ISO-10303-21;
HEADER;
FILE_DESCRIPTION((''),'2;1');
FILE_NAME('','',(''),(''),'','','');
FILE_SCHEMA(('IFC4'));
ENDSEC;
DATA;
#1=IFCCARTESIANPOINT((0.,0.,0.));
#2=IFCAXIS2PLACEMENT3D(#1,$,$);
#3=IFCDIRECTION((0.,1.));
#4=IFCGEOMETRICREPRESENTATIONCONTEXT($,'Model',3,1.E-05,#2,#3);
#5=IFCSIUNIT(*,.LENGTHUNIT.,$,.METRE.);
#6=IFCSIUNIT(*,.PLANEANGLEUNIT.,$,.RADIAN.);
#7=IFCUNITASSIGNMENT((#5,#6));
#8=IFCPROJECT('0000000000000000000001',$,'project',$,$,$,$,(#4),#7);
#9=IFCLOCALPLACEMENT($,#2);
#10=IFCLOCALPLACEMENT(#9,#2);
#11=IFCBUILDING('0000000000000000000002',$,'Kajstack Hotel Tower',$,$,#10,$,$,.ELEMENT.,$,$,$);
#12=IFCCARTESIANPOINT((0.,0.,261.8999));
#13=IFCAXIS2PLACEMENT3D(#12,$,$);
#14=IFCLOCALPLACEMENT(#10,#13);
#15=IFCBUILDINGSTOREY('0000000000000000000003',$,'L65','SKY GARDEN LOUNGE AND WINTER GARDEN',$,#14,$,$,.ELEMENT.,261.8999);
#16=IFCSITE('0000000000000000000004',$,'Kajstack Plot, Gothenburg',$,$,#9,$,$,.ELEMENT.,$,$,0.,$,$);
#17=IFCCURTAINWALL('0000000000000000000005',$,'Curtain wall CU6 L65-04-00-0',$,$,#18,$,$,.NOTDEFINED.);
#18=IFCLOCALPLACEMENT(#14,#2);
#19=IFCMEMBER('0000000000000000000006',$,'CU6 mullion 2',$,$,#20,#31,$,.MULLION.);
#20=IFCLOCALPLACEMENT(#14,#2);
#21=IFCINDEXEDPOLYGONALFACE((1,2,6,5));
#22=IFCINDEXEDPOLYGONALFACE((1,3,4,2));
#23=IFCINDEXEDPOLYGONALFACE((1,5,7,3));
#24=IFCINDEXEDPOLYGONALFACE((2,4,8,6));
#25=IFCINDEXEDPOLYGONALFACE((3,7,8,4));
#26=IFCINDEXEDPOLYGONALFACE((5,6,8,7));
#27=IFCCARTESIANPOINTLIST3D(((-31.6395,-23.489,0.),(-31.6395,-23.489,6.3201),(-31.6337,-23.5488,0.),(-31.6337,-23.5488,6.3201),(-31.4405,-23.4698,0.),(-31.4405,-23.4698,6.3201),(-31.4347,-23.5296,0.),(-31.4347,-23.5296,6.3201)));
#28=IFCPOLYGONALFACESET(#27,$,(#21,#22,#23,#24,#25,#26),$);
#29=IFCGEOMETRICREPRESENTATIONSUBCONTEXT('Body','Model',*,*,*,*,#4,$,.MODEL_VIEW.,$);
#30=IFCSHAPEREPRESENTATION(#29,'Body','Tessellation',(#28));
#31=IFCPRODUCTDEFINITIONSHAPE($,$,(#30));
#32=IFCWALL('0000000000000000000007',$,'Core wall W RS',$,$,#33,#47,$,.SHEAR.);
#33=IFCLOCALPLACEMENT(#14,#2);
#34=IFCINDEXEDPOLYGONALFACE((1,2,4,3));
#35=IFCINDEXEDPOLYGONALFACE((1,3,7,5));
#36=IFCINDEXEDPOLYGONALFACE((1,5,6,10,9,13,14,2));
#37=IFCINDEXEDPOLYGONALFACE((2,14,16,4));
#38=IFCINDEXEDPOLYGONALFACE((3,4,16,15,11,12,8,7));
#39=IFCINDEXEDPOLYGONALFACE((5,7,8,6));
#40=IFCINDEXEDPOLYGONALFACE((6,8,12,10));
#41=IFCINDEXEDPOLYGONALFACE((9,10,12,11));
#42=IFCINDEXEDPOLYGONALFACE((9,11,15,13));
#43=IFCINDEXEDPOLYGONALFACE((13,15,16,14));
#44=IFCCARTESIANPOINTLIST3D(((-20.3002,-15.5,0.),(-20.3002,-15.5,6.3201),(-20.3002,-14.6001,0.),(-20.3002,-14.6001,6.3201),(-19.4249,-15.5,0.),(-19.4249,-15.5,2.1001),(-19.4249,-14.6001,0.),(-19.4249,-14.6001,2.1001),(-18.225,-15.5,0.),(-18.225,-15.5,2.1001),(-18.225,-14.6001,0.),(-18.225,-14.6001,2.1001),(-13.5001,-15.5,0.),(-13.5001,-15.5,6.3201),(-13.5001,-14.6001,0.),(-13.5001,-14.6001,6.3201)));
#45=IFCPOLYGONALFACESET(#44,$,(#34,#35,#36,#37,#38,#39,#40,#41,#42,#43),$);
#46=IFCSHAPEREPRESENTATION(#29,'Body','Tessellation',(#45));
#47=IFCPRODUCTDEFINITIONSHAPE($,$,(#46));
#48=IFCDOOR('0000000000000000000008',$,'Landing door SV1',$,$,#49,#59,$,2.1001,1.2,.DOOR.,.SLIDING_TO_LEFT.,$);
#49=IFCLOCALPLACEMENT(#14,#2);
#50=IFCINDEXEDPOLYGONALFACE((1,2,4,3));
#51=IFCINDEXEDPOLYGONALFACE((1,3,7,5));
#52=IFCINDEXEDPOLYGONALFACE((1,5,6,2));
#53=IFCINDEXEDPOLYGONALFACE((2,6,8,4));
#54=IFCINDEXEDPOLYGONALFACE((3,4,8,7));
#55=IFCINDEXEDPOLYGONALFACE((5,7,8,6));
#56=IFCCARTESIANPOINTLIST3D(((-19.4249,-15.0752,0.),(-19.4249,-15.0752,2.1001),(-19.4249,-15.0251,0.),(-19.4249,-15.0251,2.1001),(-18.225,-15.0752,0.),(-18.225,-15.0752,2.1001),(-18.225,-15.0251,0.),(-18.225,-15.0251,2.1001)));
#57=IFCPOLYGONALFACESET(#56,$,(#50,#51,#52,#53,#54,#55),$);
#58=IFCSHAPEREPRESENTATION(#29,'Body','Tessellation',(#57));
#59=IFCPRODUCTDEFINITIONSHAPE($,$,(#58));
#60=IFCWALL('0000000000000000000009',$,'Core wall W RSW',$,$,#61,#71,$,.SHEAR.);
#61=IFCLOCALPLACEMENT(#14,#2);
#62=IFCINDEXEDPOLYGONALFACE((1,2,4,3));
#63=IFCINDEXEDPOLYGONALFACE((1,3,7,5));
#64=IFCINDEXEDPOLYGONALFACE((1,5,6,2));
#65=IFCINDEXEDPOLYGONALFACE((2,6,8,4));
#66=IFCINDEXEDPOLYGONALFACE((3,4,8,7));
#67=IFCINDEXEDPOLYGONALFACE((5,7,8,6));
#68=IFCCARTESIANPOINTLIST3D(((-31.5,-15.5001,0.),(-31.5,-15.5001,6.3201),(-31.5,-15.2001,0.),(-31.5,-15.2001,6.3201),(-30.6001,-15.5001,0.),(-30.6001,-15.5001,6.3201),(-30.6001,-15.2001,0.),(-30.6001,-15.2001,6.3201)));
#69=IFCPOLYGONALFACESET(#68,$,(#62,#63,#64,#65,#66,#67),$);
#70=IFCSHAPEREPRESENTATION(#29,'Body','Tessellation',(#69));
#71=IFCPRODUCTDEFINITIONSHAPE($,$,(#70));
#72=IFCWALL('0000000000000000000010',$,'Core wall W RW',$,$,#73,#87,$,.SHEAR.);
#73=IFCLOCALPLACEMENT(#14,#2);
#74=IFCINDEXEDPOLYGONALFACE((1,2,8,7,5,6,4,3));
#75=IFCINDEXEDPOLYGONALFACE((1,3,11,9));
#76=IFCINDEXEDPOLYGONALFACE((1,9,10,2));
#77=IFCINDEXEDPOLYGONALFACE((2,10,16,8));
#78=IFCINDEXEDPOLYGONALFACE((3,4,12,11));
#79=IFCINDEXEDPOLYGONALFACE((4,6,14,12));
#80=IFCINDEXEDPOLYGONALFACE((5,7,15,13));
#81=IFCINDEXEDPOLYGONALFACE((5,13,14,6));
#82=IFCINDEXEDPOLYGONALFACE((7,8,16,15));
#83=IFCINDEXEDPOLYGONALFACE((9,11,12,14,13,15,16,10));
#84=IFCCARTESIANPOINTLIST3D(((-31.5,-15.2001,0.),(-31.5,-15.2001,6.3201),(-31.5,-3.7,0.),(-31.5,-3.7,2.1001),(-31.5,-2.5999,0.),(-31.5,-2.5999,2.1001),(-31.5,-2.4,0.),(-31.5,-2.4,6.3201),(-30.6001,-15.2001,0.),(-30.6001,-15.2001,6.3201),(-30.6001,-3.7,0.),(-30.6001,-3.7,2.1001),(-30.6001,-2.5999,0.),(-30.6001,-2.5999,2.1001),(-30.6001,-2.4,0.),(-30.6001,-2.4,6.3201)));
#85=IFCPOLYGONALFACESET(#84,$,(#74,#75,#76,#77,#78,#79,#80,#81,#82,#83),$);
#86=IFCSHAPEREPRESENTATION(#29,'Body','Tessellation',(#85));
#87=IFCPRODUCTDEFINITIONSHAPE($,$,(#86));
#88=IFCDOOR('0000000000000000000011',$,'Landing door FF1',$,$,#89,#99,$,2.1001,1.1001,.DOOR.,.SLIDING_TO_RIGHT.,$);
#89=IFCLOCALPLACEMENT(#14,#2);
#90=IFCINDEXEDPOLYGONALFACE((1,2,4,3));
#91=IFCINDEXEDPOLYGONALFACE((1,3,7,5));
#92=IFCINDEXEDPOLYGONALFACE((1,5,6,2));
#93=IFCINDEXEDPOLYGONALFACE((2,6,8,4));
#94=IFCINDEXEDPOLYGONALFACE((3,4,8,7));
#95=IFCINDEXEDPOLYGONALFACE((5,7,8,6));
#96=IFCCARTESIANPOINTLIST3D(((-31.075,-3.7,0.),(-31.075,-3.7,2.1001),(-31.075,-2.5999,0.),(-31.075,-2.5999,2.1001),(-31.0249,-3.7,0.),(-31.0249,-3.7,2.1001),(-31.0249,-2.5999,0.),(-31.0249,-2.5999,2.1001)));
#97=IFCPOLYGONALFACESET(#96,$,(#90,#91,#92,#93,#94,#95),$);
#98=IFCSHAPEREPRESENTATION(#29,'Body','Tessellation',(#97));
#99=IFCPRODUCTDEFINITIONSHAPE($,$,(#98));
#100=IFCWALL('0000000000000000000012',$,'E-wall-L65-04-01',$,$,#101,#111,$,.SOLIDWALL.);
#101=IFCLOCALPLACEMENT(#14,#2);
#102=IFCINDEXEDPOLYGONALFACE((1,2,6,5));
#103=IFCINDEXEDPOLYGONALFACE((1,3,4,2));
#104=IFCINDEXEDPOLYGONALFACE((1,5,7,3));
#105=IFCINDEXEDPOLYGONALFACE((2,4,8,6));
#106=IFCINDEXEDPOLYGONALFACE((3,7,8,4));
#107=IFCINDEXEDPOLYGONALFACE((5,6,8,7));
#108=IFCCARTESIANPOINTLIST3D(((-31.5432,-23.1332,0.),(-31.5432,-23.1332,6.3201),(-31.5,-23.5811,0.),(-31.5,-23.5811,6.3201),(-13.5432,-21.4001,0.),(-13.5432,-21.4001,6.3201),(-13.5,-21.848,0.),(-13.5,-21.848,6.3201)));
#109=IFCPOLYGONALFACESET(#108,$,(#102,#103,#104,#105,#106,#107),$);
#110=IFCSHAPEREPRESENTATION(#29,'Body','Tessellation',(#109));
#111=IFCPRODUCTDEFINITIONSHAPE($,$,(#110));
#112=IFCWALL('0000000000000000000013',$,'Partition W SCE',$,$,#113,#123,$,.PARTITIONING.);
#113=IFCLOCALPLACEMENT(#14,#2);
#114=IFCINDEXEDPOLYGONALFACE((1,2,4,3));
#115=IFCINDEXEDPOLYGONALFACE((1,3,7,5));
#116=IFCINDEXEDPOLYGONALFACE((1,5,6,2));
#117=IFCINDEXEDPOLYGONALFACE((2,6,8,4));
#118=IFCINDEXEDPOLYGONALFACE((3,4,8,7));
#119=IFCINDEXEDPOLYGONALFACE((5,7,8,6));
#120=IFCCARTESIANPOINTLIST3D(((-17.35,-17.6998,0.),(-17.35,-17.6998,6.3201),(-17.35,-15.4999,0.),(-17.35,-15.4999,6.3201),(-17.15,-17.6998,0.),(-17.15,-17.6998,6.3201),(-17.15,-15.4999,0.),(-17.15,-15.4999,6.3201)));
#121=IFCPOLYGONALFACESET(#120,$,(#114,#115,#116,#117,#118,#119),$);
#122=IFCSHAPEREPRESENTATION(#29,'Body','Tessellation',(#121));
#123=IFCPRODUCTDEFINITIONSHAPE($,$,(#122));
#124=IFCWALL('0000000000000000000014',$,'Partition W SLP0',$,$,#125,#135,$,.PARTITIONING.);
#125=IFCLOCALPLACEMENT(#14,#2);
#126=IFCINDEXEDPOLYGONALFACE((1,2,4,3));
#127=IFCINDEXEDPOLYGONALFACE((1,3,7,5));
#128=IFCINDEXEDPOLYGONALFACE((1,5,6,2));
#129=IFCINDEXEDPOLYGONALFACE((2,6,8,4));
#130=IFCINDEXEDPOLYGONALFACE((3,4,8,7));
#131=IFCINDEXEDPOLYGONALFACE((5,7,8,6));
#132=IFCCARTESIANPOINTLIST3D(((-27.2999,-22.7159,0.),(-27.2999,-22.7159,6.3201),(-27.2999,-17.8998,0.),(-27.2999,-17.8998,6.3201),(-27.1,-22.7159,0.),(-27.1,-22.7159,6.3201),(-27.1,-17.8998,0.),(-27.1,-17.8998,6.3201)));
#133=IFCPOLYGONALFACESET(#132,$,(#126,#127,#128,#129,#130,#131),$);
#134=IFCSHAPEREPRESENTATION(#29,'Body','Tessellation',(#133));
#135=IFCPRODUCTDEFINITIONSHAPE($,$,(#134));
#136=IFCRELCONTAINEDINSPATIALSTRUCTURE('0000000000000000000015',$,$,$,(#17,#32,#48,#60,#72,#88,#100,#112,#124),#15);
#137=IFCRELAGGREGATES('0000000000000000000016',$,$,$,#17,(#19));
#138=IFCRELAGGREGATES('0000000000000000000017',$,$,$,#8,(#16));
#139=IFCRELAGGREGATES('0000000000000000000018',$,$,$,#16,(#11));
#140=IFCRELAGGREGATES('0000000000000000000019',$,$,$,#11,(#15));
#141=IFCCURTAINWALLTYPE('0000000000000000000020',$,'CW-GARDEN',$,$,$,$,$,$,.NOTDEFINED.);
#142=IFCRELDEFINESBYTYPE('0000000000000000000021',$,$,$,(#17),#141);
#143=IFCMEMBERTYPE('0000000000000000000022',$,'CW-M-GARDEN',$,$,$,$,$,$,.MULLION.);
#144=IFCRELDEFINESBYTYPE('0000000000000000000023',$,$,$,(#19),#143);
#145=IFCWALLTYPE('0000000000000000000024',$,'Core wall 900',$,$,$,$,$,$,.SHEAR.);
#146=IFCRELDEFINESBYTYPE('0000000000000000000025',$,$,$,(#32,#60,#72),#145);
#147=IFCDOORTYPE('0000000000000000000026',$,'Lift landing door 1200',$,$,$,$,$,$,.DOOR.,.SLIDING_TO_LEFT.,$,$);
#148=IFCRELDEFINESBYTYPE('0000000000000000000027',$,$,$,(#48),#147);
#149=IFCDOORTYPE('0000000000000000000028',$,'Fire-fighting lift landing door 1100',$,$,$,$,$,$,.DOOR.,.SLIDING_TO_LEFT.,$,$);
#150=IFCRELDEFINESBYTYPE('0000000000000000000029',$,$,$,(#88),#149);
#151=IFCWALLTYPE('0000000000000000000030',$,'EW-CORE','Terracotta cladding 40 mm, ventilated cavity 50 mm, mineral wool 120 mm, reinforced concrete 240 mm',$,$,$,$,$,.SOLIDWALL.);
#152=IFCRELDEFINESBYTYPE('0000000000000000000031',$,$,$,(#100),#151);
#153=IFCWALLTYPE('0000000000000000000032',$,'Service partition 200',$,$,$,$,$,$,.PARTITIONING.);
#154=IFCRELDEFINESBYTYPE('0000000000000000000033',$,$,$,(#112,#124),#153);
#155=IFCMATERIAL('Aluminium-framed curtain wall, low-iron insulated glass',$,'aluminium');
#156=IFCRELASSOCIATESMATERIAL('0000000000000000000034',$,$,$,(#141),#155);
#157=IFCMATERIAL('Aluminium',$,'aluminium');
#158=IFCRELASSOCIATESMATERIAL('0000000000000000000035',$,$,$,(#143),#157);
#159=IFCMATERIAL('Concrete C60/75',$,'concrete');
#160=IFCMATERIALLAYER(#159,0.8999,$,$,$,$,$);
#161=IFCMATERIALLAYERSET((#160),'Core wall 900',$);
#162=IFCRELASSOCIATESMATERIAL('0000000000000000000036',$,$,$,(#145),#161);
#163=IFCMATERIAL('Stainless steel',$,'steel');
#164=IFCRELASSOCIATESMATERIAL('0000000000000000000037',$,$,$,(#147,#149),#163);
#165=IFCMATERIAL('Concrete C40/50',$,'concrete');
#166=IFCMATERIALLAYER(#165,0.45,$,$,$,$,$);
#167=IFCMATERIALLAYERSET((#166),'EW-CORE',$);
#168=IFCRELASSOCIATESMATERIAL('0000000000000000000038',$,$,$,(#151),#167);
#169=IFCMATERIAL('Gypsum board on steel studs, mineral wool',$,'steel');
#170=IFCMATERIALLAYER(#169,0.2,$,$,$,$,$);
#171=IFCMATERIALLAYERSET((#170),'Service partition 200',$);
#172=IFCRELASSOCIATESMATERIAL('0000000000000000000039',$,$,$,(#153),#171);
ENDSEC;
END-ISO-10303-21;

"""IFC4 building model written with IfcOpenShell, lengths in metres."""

from ifc_helpers import new_model, si_unit, direction, frame, frame_2d, origin, origin_2d, place, context, subcontext, project, spatial, rectangle, extrude, material, layer, layer_set, material_profile, profile_set, type_object, element, fill, aggregate, save


model = new_model("IFC4")

# Units and contexts
model_context = context("Model", 3, precision=1e-05, world=origin(), true_north=direction((0.0, 1.0)))
body_context = subcontext(model_context, "Body", "Model", "MODEL_VIEW")
ifc_project = project(units=[si_unit("LENGTHUNIT", "METRE"), si_unit("PLANEANGLEUNIT", "RADIAN")], contexts=[model_context])

# Site, building, storey
site_placement = place(None, origin())
site = spatial("IfcSite", under=ifc_project, at=site_placement, Name="Kajstack Plot, Gothenburg", CompositionType="ELEMENT", RefElevation=0.0)
building_placement = place(site_placement, origin())
building = spatial("IfcBuilding", under=site, at=building_placement, Name="Kajstack Hotel Tower", CompositionType="ELEMENT")
storey_placement = place(building_placement, frame((0.0, 0.0, 261.8999)))
storey = spatial("IfcBuildingStorey", under=building, at=storey_placement, Name="L65", Description="SKY GARDEN LOUNGE AND WINTER GARDEN", CompositionType="ELEMENT", Elevation=261.8999)

# Curtain wall, member
ifc_material_1 = material(Name="Aluminium-framed curtain wall, low-iron insulated glass", Category="aluminium")
curtain_wall_type = type_object("IfcCurtainWallType", Name="CW-GARDEN", PredefinedType="NOTDEFINED", material=ifc_material_1)
curtain_wall_placement = place(storey_placement, origin())
curtain_wall = element("IfcCurtainWall", 1, at=curtain_wall_placement, inside=storey, type_object=curtain_wall_type, Name="Curtain wall CU6 L65-04-00-0", PredefinedType="NOTDEFINED")
ifc_material_2 = material(Name="Aluminium", Category="aluminium")
ifc_material_profile = material_profile(ifc_material_2, rectangle(XDim=0.0601, YDim=0.2, at=origin_2d()), Name="Aluminium mullion 60 x 200")
ifc_profile_set = profile_set([ifc_material_profile], Name="Aluminium")
member_type = type_object("IfcMemberType", Name="CW-M-GARDEN", PredefinedType="MULLION", material=ifc_profile_set)
member_placement = place(storey_placement, frame((-31.5371, -23.5093, 0.0), z_axis=(0.0, 0.0, 1.0), x_axis=(-0.095846, 0.995396, 0.0)))
member = element("IfcMember", 2, at=member_placement, type_object=member_type, Name="CU6 mullion 2", PredefinedType="MULLION", context=body_context, shape_type="SweptSolid", body=[
    extrude(rectangle(XDim=0.0601, YDim=0.2, at=origin_2d()), origin(), (0.0, 0.0, 1.0), 6.3201),
])
aggregate(curtain_wall, [member])

# Wall, opening, door
ifc_material_3 = material(Name="Concrete C60/75", Category="concrete")
ifc_layer_1 = layer(ifc_material_3, 0.8999)
ifc_layer_set_1 = layer_set([ifc_layer_1], Name="Core wall 900")
wall_type_1 = type_object("IfcWallType", Name="Core wall 900", PredefinedType="SHEAR", material=ifc_layer_set_1)
wall_1_placement = place(storey_placement, frame((-20.3, -15.05, 0.0), z_axis=(0.0, 0.0, 1.0), x_axis=(1.0, 0.0, 0.0)))
wall_1 = element("IfcWall", 3, at=wall_1_placement, inside=storey, type_object=wall_type_1, Name="Core wall W RS", PredefinedType="SHEAR", context=body_context, shape_type="SweptSolid", body=[
    extrude(rectangle(XDim=6.8, YDim=0.8999, at=frame_2d((3.3999, 0.0))), origin(), (0.0, 0.0, 1.0), 6.3201),
])
opening_1_placement = place(wall_1_placement, frame((0.875, 0.0, 0.0)))
opening_1 = element("IfcOpeningElement", 4, at=opening_1_placement, cuts=wall_1, PredefinedType="OPENING", context=body_context, shape_type="SweptSolid", body=[
    extrude(rectangle(XDim=1.2, YDim=2.1001, at=frame_2d((0.6001, 1.05))), frame((0.0, 0.46, 0.0), z_axis=(0.0, -1.0, 0.0), x_axis=(1.0, 0.0, 0.0)), (0.0, 0.0, 1.0), 0.9199),
])
ifc_material_4 = material(Name="Stainless steel", Category="steel")
door_type_1 = type_object("IfcDoorType", Name="Lift landing door 1200", OperationType="SLIDING_TO_LEFT", PredefinedType="DOOR", material=ifc_material_4)
door_1_placement = place(opening_1_placement, origin())
door_1 = element("IfcDoor", 5, at=door_1_placement, inside=storey, type_object=door_type_1, Name="Landing door SV1", OperationType="SLIDING_TO_LEFT", OverallHeight=2.1001, OverallWidth=1.2, PredefinedType="DOOR", context=body_context, shape_type="SweptSolid", body=[
    extrude(rectangle(XDim=1.2, YDim=2.1001, at=frame_2d((0.6001, 1.05))), frame((0.0, 0.0249, 0.0), z_axis=(0.0, -1.0, 0.0), x_axis=(1.0, 0.0, 0.0)), (0.0, 0.0, 1.0), 0.05),
])
fill(opening_1, door_1)

# Wall
wall_2_placement = place(storey_placement, frame((-31.5, -15.3501, 0.0), z_axis=(0.0, 0.0, 1.0), x_axis=(1.0, 0.0, 0.0)))
element("IfcWall", 6, at=wall_2_placement, inside=storey, type_object=wall_type_1, Name="Core wall W RSW", PredefinedType="SHEAR", context=body_context, shape_type="SweptSolid", body=[
    extrude(rectangle(XDim=0.8999, YDim=0.3, at=frame_2d((0.45, 0.0))), origin(), (0.0, 0.0, 1.0), 6.3201),
])

# Wall, opening, door
wall_3_placement = place(storey_placement, frame((-31.05, -15.2, 0.0), z_axis=(0.0, 0.0, 1.0), x_axis=(0.0, 1.0, 0.0)))
wall_3 = element("IfcWall", 7, at=wall_3_placement, inside=storey, type_object=wall_type_1, Name="Core wall W RW", PredefinedType="SHEAR", context=body_context, shape_type="SweptSolid", body=[
    extrude(rectangle(XDim=12.8, YDim=0.8999, at=frame_2d((6.3999, 0.0))), origin(), (0.0, 0.0, 1.0), 6.3201),
])
opening_2_placement = place(wall_3_placement, frame((11.5, 0.0, 0.0)))
opening_2 = element("IfcOpeningElement", 8, at=opening_2_placement, cuts=wall_3, PredefinedType="OPENING", context=body_context, shape_type="SweptSolid", body=[
    extrude(rectangle(XDim=1.1001, YDim=2.1001, at=frame_2d((0.55, 1.05))), frame((0.0, 0.46, 0.0), z_axis=(0.0, -1.0, 0.0), x_axis=(1.0, 0.0, 0.0)), (0.0, 0.0, 1.0), 0.9199),
])
door_type_2 = type_object("IfcDoorType", Name="Fire-fighting lift landing door 1100", OperationType="SLIDING_TO_LEFT", PredefinedType="DOOR", material=ifc_material_4)
door_2_placement = place(opening_2_placement, origin())
door_2 = element("IfcDoor", 9, at=door_2_placement, inside=storey, type_object=door_type_2, Name="Landing door FF1", OperationType="SLIDING_TO_RIGHT", OverallHeight=2.1001, OverallWidth=1.1001, PredefinedType="DOOR", context=body_context, shape_type="SweptSolid", body=[
    extrude(rectangle(XDim=1.1001, YDim=2.1001, at=frame_2d((0.55, 1.05))), frame((0.0, 0.0249, 0.0), z_axis=(0.0, -1.0, 0.0), x_axis=(1.0, 0.0, 0.0)), (0.0, 0.0, 1.0), 0.05),
])
fill(opening_2, door_2)

# Walls
ifc_material_5 = material(Name="Concrete C40/50", Category="concrete")
ifc_layer_2 = layer(ifc_material_5, 0.45)
ifc_layer_set_2 = layer_set([ifc_layer_2], Name="EW-CORE")
wall_type_2 = type_object("IfcWallType", Name="EW-CORE", Description="Terracotta cladding 40 mm, ventilated cavity 50 mm, mineral wool 120 mm, reinforced concrete 240 mm", PredefinedType="SOLIDWALL", material=ifc_layer_set_2)
wall_4_placement = place(storey_placement, frame((-31.5215, -23.3572, 0.0), z_axis=(0.0, 0.0, 1.0), x_axis=(0.995396, 0.095843, 0.0)))
element("IfcWall", 10, at=wall_4_placement, inside=storey, type_object=wall_type_2, Name="E-wall-L65-04-01", PredefinedType="SOLIDWALL", context=body_context, shape_type="SweptSolid", body=[
    extrude(rectangle(XDim=18.0833, YDim=0.45, at=frame_2d((9.0415, 0.0))), origin(), (0.0, 0.0, 1.0), 6.3201),
])
ifc_material_6 = material(Name="Gypsum board on steel studs, mineral wool", Category="steel")
ifc_layer_3 = layer(ifc_material_6, 0.2)
ifc_layer_set_3 = layer_set([ifc_layer_3], Name="Service partition 200")
wall_type_3 = type_object("IfcWallType", Name="Service partition 200", PredefinedType="PARTITIONING", material=ifc_layer_set_3)
wall_5_placement = place(storey_placement, frame((-17.25, -17.7, 0.0), z_axis=(0.0, 0.0, 1.0), x_axis=(0.0, 1.0, 0.0)))
element("IfcWall", 11, at=wall_5_placement, inside=storey, type_object=wall_type_3, Name="Partition W SCE", PredefinedType="PARTITIONING", context=body_context, shape_type="SweptSolid", body=[
    extrude(rectangle(XDim=2.2, YDim=0.2, at=frame_2d((1.1001, 0.0))), origin(), (0.0, 0.0, 1.0), 6.3201),
])
wall_6_placement = place(storey_placement, frame((-27.2, -22.7161, 0.0), z_axis=(0.0, 0.0, 1.0), x_axis=(0.0, 1.0, 0.0)))
element("IfcWall", 12, at=wall_6_placement, inside=storey, type_object=wall_type_3, Name="Partition W SLP0", PredefinedType="PARTITIONING", context=body_context, shape_type="SweptSolid", body=[
    extrude(rectangle(XDim=4.8162, YDim=0.2, at=frame_2d((2.4082, 0.0))), origin(), (0.0, 0.0, 1.0), 6.3201),
])

save(model, "model.ifc")
